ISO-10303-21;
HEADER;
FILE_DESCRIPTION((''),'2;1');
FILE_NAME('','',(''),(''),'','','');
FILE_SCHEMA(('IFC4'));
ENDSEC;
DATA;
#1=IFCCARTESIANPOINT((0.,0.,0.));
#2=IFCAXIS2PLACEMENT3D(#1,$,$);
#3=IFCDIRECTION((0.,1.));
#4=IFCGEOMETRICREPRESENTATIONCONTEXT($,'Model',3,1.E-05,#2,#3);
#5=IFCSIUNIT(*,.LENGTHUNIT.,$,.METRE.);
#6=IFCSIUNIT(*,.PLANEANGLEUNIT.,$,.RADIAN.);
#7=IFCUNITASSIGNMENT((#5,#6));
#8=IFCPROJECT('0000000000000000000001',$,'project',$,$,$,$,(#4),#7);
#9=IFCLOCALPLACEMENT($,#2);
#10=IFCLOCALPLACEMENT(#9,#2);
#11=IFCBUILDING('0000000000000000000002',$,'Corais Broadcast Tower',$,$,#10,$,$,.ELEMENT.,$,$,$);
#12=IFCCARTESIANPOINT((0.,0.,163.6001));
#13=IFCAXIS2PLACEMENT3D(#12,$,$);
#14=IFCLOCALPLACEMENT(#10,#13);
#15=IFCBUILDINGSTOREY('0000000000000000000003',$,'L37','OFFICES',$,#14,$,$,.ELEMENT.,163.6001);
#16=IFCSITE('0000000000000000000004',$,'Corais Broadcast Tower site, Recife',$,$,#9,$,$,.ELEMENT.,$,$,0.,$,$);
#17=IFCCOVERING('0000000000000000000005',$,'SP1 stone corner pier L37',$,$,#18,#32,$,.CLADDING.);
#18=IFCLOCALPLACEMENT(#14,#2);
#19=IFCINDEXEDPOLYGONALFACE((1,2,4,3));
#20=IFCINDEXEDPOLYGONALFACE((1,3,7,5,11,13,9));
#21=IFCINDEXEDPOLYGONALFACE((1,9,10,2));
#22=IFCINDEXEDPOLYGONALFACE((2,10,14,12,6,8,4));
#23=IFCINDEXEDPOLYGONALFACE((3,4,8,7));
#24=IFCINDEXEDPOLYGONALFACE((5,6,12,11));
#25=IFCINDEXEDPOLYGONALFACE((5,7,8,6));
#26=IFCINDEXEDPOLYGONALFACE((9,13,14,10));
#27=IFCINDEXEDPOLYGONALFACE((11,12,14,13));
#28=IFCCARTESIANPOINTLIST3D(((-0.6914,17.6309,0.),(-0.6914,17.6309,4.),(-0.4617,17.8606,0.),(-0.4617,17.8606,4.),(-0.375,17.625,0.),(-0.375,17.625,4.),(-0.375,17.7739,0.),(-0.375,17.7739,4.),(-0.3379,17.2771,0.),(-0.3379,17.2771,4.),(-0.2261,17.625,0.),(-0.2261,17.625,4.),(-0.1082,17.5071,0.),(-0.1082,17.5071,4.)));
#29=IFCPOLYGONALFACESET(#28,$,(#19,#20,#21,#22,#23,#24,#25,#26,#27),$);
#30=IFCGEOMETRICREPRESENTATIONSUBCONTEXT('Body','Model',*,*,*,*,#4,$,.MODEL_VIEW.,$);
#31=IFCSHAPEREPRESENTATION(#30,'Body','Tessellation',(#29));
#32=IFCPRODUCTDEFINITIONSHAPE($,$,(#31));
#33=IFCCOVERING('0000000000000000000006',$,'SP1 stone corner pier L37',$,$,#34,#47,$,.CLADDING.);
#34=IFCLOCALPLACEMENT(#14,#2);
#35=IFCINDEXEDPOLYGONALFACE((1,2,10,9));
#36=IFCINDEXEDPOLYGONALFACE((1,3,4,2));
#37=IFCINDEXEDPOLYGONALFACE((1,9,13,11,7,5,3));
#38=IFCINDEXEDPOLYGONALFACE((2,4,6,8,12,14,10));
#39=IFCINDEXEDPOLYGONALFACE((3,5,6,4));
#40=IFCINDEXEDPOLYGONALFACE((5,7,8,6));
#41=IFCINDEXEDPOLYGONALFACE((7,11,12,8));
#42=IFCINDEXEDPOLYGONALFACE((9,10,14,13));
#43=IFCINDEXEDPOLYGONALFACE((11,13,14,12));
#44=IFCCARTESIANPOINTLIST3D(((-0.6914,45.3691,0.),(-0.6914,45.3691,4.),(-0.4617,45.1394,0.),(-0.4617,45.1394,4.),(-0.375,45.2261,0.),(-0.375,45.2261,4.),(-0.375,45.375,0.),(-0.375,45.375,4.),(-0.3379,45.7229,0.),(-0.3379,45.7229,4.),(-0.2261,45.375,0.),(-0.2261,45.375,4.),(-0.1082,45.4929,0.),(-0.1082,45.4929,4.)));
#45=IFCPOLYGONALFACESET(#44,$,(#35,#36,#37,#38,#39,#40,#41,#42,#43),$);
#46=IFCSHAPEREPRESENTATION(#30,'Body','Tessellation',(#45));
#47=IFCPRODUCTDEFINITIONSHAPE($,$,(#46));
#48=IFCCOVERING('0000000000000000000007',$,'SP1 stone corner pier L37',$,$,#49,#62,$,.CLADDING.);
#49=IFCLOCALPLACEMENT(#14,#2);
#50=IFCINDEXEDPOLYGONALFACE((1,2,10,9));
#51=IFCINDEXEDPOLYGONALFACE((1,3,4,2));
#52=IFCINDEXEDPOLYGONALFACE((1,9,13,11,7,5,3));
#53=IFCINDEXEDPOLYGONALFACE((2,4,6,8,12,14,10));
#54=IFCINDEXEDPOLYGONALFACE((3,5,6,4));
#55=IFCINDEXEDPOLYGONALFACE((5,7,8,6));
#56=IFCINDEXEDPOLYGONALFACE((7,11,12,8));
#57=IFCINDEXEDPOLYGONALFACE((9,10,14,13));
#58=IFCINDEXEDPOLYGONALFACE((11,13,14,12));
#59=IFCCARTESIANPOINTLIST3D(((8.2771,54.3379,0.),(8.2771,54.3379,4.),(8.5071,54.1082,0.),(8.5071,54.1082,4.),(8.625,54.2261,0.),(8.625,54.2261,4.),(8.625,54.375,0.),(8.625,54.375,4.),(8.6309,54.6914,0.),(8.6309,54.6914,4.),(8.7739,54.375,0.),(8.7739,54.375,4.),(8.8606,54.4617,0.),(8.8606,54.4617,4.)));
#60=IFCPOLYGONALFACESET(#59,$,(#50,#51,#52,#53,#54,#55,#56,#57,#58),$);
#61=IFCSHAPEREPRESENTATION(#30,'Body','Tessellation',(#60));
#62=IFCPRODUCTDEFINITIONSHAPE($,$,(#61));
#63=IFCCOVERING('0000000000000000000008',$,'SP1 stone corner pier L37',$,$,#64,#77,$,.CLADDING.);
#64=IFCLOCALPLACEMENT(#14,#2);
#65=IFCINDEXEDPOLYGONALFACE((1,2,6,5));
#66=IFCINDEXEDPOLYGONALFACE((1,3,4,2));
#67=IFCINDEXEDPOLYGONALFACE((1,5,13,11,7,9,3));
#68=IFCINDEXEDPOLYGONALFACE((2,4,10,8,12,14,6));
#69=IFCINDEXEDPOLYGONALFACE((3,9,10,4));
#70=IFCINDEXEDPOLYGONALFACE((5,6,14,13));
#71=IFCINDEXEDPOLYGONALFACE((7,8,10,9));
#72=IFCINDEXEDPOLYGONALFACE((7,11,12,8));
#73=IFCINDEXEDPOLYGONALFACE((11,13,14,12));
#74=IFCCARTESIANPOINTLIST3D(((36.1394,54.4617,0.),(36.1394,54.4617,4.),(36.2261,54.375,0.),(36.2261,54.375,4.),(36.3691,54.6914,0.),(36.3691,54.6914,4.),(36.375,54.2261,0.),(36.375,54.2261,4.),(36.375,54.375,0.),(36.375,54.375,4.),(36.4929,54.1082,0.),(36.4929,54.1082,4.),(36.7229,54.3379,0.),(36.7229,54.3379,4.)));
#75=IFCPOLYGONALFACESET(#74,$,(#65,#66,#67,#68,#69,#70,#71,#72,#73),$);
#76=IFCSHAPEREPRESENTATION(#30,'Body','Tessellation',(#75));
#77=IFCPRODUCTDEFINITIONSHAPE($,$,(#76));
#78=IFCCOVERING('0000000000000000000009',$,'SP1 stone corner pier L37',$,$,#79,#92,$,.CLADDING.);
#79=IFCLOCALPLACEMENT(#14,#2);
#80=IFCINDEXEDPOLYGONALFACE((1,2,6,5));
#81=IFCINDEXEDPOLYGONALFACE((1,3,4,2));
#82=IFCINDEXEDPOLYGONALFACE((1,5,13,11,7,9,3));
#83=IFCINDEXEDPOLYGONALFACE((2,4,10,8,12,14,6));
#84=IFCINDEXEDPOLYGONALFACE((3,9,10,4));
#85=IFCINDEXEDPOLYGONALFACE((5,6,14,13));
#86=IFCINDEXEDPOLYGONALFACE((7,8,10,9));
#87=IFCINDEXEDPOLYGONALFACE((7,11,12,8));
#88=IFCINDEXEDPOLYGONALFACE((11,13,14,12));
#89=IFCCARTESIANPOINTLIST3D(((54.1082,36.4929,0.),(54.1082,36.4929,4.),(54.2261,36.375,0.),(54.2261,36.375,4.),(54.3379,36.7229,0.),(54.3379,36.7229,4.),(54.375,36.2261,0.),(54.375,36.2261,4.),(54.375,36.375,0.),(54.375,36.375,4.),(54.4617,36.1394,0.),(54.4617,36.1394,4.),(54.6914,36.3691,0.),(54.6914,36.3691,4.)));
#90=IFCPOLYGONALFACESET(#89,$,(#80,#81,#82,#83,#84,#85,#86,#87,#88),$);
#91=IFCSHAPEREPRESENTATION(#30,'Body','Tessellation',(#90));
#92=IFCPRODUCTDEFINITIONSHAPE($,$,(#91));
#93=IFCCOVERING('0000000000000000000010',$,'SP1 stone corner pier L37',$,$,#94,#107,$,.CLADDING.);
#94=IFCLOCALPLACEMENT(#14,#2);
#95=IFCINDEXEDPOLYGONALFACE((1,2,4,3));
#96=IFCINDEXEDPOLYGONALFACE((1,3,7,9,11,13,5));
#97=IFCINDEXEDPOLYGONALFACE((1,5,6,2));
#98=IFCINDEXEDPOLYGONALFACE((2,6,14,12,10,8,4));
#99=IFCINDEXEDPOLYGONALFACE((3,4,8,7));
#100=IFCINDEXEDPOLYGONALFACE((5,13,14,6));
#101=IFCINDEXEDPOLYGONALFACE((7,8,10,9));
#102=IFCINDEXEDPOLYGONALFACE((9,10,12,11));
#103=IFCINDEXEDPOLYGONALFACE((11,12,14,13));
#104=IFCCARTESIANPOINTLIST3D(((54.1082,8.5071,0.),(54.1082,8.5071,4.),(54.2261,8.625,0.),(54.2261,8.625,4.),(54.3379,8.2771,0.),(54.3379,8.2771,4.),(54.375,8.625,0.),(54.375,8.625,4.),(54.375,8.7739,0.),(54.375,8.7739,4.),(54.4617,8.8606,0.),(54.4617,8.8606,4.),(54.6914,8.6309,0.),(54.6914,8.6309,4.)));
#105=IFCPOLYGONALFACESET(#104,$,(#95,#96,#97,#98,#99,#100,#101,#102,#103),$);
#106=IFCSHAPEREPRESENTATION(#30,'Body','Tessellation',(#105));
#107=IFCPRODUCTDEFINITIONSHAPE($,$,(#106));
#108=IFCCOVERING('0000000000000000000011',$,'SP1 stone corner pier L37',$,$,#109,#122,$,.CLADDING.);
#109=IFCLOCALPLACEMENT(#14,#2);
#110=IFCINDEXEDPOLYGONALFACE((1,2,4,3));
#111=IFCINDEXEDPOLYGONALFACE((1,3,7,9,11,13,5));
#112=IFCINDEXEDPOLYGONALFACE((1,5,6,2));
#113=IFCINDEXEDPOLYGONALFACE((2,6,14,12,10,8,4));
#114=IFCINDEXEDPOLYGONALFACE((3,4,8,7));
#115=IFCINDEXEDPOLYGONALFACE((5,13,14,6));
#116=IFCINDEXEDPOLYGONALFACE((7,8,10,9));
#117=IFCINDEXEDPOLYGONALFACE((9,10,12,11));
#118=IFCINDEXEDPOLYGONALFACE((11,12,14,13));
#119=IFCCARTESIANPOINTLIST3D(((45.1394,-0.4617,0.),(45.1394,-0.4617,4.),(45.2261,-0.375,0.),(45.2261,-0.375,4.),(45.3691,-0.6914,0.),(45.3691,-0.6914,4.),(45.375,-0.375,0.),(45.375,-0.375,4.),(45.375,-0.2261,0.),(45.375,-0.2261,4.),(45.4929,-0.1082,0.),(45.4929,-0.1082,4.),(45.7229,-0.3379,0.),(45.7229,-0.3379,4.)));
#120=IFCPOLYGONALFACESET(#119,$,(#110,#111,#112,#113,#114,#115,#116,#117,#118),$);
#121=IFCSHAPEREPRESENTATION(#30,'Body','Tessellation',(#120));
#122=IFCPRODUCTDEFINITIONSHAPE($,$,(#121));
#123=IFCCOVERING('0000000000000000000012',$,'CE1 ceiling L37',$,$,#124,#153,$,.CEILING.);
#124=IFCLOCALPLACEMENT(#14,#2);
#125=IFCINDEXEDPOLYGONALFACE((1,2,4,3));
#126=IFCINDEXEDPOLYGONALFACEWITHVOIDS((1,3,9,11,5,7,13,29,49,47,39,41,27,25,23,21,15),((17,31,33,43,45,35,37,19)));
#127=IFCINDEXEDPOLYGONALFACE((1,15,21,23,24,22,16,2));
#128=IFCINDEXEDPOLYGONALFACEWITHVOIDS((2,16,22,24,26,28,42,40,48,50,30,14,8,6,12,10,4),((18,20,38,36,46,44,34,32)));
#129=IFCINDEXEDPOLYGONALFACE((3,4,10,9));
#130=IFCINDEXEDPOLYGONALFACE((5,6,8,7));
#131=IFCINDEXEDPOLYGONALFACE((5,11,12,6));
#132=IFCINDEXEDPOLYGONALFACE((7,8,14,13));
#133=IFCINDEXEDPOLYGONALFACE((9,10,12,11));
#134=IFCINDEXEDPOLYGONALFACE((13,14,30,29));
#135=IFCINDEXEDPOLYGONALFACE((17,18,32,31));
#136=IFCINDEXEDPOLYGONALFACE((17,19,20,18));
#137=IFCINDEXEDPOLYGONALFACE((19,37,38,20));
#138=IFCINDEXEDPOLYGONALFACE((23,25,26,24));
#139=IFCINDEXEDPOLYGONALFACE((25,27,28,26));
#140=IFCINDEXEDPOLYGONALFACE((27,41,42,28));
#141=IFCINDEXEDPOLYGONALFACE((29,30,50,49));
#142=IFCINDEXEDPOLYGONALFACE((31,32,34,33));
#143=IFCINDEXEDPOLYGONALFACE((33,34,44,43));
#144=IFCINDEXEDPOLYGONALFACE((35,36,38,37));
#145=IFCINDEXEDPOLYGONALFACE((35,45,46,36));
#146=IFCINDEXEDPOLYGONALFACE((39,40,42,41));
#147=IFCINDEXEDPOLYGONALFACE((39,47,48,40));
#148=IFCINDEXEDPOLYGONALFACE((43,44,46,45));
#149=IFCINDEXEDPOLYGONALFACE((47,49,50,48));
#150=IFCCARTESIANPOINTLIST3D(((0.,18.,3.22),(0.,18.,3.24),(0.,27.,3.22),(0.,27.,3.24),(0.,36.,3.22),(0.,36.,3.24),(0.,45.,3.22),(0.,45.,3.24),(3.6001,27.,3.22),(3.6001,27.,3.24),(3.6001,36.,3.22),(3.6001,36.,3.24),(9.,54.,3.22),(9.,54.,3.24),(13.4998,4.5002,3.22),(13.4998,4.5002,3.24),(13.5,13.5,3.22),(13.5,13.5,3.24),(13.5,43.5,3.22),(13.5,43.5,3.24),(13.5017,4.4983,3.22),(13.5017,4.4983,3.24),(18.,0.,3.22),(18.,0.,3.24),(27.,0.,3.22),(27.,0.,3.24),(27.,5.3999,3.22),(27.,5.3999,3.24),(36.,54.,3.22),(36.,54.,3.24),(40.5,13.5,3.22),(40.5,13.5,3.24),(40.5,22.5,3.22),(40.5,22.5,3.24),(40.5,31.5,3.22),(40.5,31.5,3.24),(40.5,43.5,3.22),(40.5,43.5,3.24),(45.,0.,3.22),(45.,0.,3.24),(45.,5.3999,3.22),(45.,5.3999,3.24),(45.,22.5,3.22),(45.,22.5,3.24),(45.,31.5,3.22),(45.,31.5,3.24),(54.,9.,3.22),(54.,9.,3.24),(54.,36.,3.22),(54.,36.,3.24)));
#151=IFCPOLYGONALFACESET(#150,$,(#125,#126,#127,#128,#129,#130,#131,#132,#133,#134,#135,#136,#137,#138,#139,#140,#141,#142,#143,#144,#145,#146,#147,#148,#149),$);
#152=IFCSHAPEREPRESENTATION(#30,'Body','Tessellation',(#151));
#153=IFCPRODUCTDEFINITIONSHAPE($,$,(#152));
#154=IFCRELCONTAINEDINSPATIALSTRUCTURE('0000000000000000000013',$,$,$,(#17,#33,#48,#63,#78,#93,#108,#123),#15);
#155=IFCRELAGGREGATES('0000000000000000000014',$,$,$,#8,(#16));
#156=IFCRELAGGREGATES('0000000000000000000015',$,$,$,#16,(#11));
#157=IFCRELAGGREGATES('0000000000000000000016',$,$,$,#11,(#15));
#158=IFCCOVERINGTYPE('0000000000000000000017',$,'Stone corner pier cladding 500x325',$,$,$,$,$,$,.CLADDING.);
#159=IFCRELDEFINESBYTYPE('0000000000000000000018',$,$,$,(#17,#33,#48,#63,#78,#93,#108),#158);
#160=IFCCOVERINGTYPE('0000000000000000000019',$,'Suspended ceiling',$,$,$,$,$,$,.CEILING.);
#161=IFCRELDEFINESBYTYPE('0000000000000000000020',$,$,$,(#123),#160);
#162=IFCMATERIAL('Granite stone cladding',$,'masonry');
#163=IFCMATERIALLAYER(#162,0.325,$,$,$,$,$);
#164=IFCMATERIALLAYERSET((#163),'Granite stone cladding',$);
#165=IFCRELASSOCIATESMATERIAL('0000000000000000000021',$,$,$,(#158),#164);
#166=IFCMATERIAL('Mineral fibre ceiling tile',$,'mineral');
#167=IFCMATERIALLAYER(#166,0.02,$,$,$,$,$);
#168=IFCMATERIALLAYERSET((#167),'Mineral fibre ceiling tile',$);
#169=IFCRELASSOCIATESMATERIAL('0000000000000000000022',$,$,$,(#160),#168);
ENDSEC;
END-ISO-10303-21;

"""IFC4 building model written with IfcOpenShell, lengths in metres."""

from ifc_helpers import new_model, si_unit, direction, frame, origin, place, context, subcontext, project, spatial, polyline, outline, extrude, material, layer, layer_set, type_object, element, save


model = new_model("IFC4")

# Units and contexts
model_context = context("Model", 3, precision=1e-05, world=origin(), true_north=direction((0.0, 1.0)))
body_context = subcontext(model_context, "Body", "Model", "MODEL_VIEW")
ifc_project = project(units=[si_unit("LENGTHUNIT", "METRE"), si_unit("PLANEANGLEUNIT", "RADIAN")], contexts=[model_context])

# Site, building, storey
site_placement = place(None, origin())
site = spatial("IfcSite", under=ifc_project, at=site_placement, Name="Corais Broadcast Tower site, Recife", CompositionType="ELEMENT", RefElevation=0.0)
building_placement = place(site_placement, origin())
building = spatial("IfcBuilding", under=site, at=building_placement, Name="Corais Broadcast Tower", CompositionType="ELEMENT")
storey_placement = place(building_placement, frame((0.0, 0.0, 163.6001)))
storey = spatial("IfcBuildingStorey", under=building, at=storey_placement, Name="L37", Description="OFFICES", CompositionType="ELEMENT", Elevation=163.6001)

# Coverings
ifc_material_1 = material(Name="Granite stone cladding", Category="masonry")
ifc_layer_1 = layer(ifc_material_1, 0.325)
ifc_layer_set_1 = layer_set([ifc_layer_1], Name="Granite stone cladding")
covering_type_1 = type_object("IfcCoveringType", Name="Stone corner pier cladding 500x325", PredefinedType="CLADDING", material=ifc_layer_set_1)
covering_1_placement = place(storey_placement, origin())
element("IfcCovering", 1, at=covering_1_placement, inside=storey, type_object=covering_type_1, Name="SP1 stone corner pier L37", PredefinedType="CLADDING", context=body_context, shape_type="SweptSolid", body=[
    extrude(outline(polyline([(-0.375, 17.7739), (-0.4617, 17.8606), (-0.6914, 17.6309), (-0.3379, 17.2771), (-0.1082, 17.5071), (-0.2261, 17.625), (-0.375, 17.625), (-0.375, 17.7739)])), origin(), (0.0, 0.0, 1.0), 4.0),
])
covering_2_placement = place(storey_placement, origin())
element("IfcCovering", 2, at=covering_2_placement, inside=storey, type_object=covering_type_1, Name="SP1 stone corner pier L37", PredefinedType="CLADDING", context=body_context, shape_type="SweptSolid", body=[
    extrude(outline(polyline([(-0.4617, 45.1394), (-0.375, 45.2261), (-0.375, 45.375), (-0.2261, 45.375), (-0.1082, 45.4929), (-0.3379, 45.7229), (-0.6914, 45.3691), (-0.4617, 45.1394)])), origin(), (0.0, 0.0, 1.0), 4.0),
])
covering_3_placement = place(storey_placement, origin())
element("IfcCovering", 3, at=covering_3_placement, inside=storey, type_object=covering_type_1, Name="SP1 stone corner pier L37", PredefinedType="CLADDING", context=body_context, shape_type="SweptSolid", body=[
    extrude(outline(polyline([(8.7739, 54.375), (8.8606, 54.4617), (8.6309, 54.6914), (8.2771, 54.3379), (8.5071, 54.1082), (8.625, 54.2261), (8.625, 54.375), (8.7739, 54.375)])), origin(), (0.0, 0.0, 1.0), 4.0),
])
covering_4_placement = place(storey_placement, origin())
element("IfcCovering", 4, at=covering_4_placement, inside=storey, type_object=covering_type_1, Name="SP1 stone corner pier L37", PredefinedType="CLADDING", context=body_context, shape_type="SweptSolid", body=[
    extrude(outline(polyline([(36.1394, 54.4617), (36.2261, 54.375), (36.375, 54.375), (36.375, 54.2261), (36.4929, 54.1082), (36.7229, 54.3379), (36.3691, 54.6914), (36.1394, 54.4617)])), origin(), (0.0, 0.0, 1.0), 4.0),
])
covering_5_placement = place(storey_placement, origin())
element("IfcCovering", 5, at=covering_5_placement, inside=storey, type_object=covering_type_1, Name="SP1 stone corner pier L37", PredefinedType="CLADDING", context=body_context, shape_type="SweptSolid", body=[
    extrude(outline(polyline([(54.375, 36.2261), (54.4617, 36.1394), (54.6914, 36.3691), (54.3379, 36.7229), (54.1082, 36.4929), (54.2261, 36.375), (54.375, 36.375), (54.375, 36.2261)])), origin(), (0.0, 0.0, 1.0), 4.0),
])
covering_6_placement = place(storey_placement, origin())
element("IfcCovering", 6, at=covering_6_placement, inside=storey, type_object=covering_type_1, Name="SP1 stone corner pier L37", PredefinedType="CLADDING", context=body_context, shape_type="SweptSolid", body=[
    extrude(outline(polyline([(54.4617, 8.8606), (54.375, 8.7739), (54.375, 8.625), (54.2261, 8.625), (54.1082, 8.5071), (54.3379, 8.2771), (54.6914, 8.6309), (54.4617, 8.8606)])), origin(), (0.0, 0.0, 1.0), 4.0),
])
covering_7_placement = place(storey_placement, origin())
element("IfcCovering", 7, at=covering_7_placement, inside=storey, type_object=covering_type_1, Name="SP1 stone corner pier L37", PredefinedType="CLADDING", context=body_context, shape_type="SweptSolid", body=[
    extrude(outline(polyline([(45.2261, -0.375), (45.1394, -0.4617), (45.3691, -0.6914), (45.7229, -0.3379), (45.4929, -0.1082), (45.375, -0.2261), (45.375, -0.375), (45.2261, -0.375)])), origin(), (0.0, 0.0, 1.0), 4.0),
])
ifc_material_2 = material(Name="Mineral fibre ceiling tile", Category="mineral")
ifc_layer_2 = layer(ifc_material_2, 0.02)
ifc_layer_set_2 = layer_set([ifc_layer_2], Name="Mineral fibre ceiling tile")
covering_type_2 = type_object("IfcCoveringType", Name="Suspended ceiling", PredefinedType="CEILING", material=ifc_layer_set_2)
covering_8_placement = place(storey_placement, frame((0.0, 0.0, 3.22)))
element("IfcCovering", 8, at=covering_8_placement, inside=storey, type_object=covering_type_2, Name="CE1 ceiling L37", PredefinedType="CEILING", context=body_context, shape_type="SweptSolid", body=[
    extrude(outline(polyline([(18.0, 0.0), (13.5017, 4.4983), (13.4998, 4.5002), (0.0, 18.0), (0.0, 27.0), (3.6001, 27.0), (3.6001, 36.0), (0.0, 36.0), (0.0, 45.0), (9.0, 54.0), (36.0, 54.0), (54.0, 36.0), (54.0, 9.0), (45.0, 0.0), (45.0, 5.3999), (27.0, 5.3999), (27.0, 0.0), (18.0, 0.0)]), holes=[polyline([(40.5, 43.5), (13.5, 43.5), (13.5, 13.5), (40.5, 13.5), (40.5, 22.5), (45.0, 22.5), (45.0, 31.5), (40.5, 31.5), (40.5, 43.5)])]), origin(), (0.0, 0.0, 1.0), 0.02),
])

save(model, "model.ifc")
